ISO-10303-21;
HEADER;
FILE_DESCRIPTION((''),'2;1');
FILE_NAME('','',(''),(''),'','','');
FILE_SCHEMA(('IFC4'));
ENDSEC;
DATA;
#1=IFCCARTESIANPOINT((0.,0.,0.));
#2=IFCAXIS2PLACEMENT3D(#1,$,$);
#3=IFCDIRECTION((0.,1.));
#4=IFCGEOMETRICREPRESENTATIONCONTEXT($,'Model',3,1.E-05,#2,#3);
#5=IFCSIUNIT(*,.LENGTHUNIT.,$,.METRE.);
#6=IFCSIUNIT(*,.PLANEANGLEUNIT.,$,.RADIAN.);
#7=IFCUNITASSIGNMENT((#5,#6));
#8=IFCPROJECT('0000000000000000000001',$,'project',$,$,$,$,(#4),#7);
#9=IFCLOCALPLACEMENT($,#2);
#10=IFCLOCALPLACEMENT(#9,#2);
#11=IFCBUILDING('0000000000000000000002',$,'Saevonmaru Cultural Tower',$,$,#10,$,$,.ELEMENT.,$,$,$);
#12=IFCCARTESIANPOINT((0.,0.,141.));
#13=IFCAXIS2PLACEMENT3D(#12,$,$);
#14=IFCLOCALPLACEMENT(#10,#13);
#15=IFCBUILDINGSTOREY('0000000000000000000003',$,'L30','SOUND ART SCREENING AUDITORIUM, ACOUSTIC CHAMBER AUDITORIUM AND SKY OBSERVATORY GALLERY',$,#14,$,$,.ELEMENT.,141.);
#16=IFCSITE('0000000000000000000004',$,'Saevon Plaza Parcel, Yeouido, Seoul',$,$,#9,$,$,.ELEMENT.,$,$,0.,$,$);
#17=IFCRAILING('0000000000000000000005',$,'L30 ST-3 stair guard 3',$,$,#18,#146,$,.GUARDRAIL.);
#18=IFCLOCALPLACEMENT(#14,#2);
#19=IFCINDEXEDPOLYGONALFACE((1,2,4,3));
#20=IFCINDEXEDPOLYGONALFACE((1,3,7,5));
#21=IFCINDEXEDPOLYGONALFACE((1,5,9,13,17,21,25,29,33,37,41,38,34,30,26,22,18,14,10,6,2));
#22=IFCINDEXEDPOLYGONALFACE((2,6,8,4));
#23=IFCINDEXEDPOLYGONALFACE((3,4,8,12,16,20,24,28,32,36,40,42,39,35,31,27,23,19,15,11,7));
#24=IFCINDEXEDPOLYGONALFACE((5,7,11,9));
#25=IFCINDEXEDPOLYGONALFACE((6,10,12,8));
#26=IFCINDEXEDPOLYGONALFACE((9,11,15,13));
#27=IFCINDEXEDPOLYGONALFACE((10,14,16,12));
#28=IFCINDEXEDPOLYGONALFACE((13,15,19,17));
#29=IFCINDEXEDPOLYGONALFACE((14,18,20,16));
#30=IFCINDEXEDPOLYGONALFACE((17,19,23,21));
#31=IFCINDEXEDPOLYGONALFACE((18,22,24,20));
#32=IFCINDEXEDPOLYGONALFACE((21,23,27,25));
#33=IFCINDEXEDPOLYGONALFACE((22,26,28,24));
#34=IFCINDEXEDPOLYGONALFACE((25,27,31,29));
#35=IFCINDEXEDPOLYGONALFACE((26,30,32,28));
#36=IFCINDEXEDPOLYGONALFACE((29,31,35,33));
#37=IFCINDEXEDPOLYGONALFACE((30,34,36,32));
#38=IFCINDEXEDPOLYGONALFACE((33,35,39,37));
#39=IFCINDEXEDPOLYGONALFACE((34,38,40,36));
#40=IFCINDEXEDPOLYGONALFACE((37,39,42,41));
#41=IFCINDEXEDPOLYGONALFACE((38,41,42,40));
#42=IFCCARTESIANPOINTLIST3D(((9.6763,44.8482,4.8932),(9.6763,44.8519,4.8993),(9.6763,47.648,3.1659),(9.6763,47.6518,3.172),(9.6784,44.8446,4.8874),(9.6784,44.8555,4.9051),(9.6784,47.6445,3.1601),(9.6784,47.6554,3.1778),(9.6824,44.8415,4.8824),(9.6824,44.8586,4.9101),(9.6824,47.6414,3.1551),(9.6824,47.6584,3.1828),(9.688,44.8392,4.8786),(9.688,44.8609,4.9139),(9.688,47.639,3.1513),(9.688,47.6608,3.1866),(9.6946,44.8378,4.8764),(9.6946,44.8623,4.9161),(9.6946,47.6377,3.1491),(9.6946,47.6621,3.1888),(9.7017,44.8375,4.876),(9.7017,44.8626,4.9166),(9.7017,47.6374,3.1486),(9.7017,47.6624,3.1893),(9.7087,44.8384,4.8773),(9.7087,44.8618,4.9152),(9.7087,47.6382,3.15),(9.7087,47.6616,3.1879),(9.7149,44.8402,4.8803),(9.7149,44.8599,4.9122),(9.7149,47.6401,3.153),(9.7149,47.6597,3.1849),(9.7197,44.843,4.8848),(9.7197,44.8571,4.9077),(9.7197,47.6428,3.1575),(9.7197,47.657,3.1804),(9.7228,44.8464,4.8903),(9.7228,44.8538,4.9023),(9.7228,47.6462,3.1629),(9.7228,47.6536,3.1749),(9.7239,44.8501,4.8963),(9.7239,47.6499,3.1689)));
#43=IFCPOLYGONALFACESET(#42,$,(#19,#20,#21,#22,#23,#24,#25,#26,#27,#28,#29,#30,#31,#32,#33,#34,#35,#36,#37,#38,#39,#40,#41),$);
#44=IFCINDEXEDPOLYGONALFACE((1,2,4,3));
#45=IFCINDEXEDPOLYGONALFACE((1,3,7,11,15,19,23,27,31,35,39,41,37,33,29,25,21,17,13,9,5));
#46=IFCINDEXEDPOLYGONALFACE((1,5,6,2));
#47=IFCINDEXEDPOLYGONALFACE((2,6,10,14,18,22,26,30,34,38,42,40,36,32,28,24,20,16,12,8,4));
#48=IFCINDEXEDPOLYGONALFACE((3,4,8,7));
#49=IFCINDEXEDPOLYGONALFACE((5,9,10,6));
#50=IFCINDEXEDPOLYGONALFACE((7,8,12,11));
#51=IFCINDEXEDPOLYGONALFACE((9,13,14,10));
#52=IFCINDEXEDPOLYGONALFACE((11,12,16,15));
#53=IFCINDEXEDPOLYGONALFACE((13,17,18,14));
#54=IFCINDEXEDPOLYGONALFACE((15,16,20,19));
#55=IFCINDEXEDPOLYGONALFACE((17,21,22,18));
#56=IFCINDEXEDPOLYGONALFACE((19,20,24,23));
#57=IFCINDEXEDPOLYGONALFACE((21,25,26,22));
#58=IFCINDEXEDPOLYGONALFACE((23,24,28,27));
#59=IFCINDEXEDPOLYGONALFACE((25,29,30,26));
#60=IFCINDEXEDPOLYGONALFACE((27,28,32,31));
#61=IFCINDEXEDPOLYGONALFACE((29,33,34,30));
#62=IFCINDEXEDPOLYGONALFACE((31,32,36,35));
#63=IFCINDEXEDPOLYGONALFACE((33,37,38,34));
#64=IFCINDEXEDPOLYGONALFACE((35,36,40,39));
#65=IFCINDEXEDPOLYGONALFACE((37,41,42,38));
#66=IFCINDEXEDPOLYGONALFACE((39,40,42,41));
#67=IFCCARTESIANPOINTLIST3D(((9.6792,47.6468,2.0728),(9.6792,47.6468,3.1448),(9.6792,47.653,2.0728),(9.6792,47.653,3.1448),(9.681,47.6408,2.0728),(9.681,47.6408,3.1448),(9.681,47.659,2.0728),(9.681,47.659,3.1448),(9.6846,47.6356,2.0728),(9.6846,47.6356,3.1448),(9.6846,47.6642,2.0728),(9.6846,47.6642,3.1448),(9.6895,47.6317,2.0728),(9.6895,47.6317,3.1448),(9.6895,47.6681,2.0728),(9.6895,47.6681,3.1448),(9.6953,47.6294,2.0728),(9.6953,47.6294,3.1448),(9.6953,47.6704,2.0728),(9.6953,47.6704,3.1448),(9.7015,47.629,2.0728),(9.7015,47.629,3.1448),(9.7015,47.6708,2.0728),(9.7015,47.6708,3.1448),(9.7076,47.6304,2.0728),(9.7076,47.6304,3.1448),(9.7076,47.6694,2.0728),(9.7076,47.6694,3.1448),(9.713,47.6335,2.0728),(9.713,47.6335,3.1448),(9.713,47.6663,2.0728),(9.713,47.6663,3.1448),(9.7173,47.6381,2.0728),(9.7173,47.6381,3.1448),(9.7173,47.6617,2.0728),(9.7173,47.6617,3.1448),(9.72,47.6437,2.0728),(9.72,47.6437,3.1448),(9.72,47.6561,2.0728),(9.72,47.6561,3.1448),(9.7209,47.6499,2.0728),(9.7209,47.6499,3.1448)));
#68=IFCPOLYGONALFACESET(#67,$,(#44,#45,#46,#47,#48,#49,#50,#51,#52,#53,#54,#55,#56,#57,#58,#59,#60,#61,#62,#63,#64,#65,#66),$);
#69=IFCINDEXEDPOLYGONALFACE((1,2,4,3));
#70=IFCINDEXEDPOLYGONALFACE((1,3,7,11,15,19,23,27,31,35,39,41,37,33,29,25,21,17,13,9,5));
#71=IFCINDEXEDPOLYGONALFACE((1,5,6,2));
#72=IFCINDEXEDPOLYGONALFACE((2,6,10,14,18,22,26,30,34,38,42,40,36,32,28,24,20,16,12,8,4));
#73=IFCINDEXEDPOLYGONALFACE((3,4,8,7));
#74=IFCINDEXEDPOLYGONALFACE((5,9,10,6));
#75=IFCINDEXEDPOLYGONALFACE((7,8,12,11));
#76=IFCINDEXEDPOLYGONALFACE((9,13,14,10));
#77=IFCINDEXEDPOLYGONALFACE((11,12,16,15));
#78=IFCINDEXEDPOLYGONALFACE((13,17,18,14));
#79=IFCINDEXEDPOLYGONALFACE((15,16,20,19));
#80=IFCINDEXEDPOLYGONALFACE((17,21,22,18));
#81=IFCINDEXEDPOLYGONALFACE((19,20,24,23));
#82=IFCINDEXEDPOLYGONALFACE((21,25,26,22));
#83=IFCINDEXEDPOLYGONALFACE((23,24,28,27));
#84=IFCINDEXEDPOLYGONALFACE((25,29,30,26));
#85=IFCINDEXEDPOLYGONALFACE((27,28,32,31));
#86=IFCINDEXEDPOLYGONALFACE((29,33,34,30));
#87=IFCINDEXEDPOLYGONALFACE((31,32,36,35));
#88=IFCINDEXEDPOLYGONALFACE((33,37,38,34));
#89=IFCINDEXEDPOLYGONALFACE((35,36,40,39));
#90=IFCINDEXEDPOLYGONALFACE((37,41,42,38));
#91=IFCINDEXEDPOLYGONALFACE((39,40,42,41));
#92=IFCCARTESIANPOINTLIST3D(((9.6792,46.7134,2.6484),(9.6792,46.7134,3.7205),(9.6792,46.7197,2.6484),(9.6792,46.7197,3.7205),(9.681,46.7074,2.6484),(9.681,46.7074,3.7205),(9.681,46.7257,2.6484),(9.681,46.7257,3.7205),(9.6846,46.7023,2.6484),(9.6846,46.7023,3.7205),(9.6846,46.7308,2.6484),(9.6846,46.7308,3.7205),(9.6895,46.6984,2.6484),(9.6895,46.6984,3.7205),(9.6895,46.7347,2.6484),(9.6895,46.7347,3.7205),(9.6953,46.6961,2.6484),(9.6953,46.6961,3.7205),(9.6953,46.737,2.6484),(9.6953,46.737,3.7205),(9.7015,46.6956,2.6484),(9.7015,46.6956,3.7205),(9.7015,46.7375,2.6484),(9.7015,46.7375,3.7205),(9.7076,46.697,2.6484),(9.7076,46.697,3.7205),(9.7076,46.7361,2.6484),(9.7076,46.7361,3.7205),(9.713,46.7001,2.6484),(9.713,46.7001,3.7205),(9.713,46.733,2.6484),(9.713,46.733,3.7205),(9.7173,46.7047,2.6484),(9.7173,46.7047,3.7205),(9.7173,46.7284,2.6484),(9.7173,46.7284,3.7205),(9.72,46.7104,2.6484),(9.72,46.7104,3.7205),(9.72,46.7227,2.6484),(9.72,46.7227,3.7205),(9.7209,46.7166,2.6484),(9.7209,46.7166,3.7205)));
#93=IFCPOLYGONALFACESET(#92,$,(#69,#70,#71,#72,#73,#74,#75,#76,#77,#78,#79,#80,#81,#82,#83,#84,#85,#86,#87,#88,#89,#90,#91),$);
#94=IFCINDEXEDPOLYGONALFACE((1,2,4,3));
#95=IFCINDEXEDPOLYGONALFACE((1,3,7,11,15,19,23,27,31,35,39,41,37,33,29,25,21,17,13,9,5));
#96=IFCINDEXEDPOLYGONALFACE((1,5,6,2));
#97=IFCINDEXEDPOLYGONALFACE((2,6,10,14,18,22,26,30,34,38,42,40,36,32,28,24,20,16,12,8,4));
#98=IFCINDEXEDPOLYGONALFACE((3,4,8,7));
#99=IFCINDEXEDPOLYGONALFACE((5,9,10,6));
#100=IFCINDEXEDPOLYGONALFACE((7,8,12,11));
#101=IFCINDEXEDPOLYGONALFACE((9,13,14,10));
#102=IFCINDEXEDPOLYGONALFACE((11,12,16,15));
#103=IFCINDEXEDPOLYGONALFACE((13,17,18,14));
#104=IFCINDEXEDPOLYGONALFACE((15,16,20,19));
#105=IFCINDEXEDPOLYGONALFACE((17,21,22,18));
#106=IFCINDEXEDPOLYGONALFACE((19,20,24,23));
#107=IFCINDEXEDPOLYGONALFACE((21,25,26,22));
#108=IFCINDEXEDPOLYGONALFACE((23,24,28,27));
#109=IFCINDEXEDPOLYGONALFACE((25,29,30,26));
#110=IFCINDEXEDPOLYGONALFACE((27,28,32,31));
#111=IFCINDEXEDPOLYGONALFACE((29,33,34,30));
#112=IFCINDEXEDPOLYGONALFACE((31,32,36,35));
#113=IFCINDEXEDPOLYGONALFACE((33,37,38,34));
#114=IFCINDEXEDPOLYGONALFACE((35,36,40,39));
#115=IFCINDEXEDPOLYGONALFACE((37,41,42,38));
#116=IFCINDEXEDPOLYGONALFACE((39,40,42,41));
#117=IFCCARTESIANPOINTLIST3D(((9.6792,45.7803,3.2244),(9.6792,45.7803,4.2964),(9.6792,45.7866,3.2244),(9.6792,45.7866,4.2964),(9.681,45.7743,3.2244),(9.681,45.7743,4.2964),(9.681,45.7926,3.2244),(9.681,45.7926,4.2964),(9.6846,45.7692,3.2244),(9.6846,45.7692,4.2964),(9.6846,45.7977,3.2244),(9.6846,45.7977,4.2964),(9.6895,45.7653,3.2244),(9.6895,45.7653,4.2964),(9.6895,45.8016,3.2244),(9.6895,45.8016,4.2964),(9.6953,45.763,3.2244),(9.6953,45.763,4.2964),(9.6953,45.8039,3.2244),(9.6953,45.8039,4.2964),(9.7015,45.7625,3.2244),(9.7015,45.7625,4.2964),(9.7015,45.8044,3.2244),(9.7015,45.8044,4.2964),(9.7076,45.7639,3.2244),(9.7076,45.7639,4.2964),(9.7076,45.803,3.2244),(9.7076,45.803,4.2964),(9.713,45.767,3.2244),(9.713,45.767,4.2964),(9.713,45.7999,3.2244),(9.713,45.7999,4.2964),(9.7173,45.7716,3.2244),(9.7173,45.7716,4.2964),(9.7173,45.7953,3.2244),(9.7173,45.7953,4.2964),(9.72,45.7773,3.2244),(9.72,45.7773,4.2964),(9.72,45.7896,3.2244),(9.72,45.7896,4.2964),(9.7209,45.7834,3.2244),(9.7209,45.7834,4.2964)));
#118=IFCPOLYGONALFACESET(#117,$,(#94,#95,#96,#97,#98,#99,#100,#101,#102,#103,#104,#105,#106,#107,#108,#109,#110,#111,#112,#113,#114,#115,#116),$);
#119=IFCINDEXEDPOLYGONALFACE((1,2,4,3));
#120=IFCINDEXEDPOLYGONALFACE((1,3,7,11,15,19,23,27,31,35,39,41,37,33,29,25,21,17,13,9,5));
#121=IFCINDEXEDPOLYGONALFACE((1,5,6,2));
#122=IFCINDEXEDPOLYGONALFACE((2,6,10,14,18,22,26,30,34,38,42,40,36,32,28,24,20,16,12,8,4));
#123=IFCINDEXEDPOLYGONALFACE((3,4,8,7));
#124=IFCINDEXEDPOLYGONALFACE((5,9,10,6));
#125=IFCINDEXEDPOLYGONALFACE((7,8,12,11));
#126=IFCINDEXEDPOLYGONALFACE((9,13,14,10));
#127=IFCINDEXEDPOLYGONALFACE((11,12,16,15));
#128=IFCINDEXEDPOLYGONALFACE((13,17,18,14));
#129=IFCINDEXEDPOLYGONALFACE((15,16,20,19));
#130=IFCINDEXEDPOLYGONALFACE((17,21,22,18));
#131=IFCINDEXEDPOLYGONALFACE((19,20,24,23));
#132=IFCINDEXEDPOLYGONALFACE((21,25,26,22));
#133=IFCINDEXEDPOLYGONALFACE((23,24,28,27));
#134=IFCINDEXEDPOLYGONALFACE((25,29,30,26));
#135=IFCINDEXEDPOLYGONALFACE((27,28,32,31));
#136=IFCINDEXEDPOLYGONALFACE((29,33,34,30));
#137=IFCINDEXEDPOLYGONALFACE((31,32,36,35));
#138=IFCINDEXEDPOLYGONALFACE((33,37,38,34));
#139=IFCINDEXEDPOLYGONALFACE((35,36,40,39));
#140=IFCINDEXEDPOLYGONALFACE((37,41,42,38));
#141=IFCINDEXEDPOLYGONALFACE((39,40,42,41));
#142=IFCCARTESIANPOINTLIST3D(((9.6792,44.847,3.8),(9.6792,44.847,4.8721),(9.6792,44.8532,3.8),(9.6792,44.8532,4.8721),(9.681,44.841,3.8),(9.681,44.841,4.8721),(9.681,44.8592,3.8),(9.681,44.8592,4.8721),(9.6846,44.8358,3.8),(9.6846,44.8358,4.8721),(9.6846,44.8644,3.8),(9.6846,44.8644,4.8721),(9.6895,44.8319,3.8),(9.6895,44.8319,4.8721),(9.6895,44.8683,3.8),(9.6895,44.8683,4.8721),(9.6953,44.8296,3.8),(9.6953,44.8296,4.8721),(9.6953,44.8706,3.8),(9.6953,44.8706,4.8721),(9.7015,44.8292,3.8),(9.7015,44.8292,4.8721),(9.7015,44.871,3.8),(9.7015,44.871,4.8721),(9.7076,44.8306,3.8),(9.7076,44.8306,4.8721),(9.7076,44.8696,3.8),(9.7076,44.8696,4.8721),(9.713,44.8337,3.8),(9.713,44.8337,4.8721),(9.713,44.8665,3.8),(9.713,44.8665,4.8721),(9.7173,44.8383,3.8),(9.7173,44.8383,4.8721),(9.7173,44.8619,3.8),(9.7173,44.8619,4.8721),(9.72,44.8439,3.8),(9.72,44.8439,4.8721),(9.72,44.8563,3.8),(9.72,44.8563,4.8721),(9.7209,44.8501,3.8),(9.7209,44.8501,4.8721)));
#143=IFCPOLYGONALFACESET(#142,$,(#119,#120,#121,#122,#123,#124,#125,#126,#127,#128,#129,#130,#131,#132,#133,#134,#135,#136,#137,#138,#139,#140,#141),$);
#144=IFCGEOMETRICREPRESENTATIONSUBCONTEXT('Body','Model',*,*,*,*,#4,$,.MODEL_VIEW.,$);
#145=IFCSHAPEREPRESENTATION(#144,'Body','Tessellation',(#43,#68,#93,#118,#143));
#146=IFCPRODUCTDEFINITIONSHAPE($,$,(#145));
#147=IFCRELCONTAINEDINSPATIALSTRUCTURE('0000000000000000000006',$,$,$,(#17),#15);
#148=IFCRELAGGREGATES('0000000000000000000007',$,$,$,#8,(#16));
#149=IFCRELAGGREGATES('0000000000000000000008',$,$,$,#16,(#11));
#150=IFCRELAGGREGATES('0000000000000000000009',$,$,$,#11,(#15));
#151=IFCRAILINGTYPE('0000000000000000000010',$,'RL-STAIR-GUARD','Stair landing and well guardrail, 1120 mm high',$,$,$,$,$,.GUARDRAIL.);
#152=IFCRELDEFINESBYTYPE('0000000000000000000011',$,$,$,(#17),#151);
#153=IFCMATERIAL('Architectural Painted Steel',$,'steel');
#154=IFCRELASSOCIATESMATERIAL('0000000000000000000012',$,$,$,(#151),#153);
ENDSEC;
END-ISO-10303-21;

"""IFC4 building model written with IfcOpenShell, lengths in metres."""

from ifc_helpers import new_model, si_unit, direction, frame, origin, origin_2d, place, context, subcontext, project, spatial, circle, extrude, material, type_object, element, save


model = new_model("IFC4")

# Units and contexts
model_context = context("Model", 3, precision=1e-05, world=origin(), true_north=direction((0.0, 1.0)))
body_context = subcontext(model_context, "Body", "Model", "MODEL_VIEW")
ifc_project = project(units=[si_unit("LENGTHUNIT", "METRE"), si_unit("PLANEANGLEUNIT", "RADIAN")], contexts=[model_context])

# Site, building, storey
site_placement = place(None, origin())
site = spatial("IfcSite", under=ifc_project, at=site_placement, Name="Saevon Plaza Parcel, Yeouido, Seoul", CompositionType="ELEMENT", RefElevation=0.0)
building_placement = place(site_placement, origin())
building = spatial("IfcBuilding", under=site, at=building_placement, Name="Saevonmaru Cultural Tower", CompositionType="ELEMENT")
storey_placement = place(building_placement, frame((0.0, 0.0, 141.0)))
storey = spatial("IfcBuildingStorey", under=building, at=storey_placement, Name="L30", Description="SOUND ART SCREENING AUDITORIUM, ACOUSTIC CHAMBER AUDITORIUM AND SKY OBSERVATORY GALLERY", CompositionType="ELEMENT", Elevation=141.0)

# Railing
ifc_material_1 = material(Name="Architectural Painted Steel", Category="steel")
railing_type_1 = type_object("IfcRailingType", Name="RL-STAIR-GUARD", Description="Stair landing and well guardrail, 1120 mm high", PredefinedType="GUARDRAIL", material=ifc_material_1)
railing_1_placement = place(storey_placement, frame((9.7, 47.6499, 2.0728)))
element("IfcRailing", 1, at=railing_1_placement, inside=storey, type_object=railing_type_1, Name="L30 ST-3 stair guard 3", PredefinedType="GUARDRAIL", context=body_context, shape_type="SweptSolid", body=[
    extrude(circle(Radius=0.0239, at=origin_2d()), frame((0.0, 0.0, 1.0962), z_axis=(0.0, -0.851069, 0.525054), x_axis=(1.0, 0.0, 0.0)), (0.0, 0.0, 1.0), 3.2898),
    extrude(circle(Radius=0.021, at=origin_2d()), origin(), (0.0, 0.0, 1.0), 1.072),
    extrude(circle(Radius=0.021, at=origin_2d()), frame((0.0, -0.9333, 0.5757)), (0.0, 0.0, 1.0), 1.072),
    extrude(circle(Radius=0.021, at=origin_2d()), frame((0.0, -1.8665, 1.1516)), (0.0, 0.0, 1.0), 1.072),
    extrude(circle(Radius=0.021, at=origin_2d()), frame((0.0, -2.7998, 1.7273)), (0.0, 0.0, 1.0), 1.072),
])

save(model, "model.ifc")
